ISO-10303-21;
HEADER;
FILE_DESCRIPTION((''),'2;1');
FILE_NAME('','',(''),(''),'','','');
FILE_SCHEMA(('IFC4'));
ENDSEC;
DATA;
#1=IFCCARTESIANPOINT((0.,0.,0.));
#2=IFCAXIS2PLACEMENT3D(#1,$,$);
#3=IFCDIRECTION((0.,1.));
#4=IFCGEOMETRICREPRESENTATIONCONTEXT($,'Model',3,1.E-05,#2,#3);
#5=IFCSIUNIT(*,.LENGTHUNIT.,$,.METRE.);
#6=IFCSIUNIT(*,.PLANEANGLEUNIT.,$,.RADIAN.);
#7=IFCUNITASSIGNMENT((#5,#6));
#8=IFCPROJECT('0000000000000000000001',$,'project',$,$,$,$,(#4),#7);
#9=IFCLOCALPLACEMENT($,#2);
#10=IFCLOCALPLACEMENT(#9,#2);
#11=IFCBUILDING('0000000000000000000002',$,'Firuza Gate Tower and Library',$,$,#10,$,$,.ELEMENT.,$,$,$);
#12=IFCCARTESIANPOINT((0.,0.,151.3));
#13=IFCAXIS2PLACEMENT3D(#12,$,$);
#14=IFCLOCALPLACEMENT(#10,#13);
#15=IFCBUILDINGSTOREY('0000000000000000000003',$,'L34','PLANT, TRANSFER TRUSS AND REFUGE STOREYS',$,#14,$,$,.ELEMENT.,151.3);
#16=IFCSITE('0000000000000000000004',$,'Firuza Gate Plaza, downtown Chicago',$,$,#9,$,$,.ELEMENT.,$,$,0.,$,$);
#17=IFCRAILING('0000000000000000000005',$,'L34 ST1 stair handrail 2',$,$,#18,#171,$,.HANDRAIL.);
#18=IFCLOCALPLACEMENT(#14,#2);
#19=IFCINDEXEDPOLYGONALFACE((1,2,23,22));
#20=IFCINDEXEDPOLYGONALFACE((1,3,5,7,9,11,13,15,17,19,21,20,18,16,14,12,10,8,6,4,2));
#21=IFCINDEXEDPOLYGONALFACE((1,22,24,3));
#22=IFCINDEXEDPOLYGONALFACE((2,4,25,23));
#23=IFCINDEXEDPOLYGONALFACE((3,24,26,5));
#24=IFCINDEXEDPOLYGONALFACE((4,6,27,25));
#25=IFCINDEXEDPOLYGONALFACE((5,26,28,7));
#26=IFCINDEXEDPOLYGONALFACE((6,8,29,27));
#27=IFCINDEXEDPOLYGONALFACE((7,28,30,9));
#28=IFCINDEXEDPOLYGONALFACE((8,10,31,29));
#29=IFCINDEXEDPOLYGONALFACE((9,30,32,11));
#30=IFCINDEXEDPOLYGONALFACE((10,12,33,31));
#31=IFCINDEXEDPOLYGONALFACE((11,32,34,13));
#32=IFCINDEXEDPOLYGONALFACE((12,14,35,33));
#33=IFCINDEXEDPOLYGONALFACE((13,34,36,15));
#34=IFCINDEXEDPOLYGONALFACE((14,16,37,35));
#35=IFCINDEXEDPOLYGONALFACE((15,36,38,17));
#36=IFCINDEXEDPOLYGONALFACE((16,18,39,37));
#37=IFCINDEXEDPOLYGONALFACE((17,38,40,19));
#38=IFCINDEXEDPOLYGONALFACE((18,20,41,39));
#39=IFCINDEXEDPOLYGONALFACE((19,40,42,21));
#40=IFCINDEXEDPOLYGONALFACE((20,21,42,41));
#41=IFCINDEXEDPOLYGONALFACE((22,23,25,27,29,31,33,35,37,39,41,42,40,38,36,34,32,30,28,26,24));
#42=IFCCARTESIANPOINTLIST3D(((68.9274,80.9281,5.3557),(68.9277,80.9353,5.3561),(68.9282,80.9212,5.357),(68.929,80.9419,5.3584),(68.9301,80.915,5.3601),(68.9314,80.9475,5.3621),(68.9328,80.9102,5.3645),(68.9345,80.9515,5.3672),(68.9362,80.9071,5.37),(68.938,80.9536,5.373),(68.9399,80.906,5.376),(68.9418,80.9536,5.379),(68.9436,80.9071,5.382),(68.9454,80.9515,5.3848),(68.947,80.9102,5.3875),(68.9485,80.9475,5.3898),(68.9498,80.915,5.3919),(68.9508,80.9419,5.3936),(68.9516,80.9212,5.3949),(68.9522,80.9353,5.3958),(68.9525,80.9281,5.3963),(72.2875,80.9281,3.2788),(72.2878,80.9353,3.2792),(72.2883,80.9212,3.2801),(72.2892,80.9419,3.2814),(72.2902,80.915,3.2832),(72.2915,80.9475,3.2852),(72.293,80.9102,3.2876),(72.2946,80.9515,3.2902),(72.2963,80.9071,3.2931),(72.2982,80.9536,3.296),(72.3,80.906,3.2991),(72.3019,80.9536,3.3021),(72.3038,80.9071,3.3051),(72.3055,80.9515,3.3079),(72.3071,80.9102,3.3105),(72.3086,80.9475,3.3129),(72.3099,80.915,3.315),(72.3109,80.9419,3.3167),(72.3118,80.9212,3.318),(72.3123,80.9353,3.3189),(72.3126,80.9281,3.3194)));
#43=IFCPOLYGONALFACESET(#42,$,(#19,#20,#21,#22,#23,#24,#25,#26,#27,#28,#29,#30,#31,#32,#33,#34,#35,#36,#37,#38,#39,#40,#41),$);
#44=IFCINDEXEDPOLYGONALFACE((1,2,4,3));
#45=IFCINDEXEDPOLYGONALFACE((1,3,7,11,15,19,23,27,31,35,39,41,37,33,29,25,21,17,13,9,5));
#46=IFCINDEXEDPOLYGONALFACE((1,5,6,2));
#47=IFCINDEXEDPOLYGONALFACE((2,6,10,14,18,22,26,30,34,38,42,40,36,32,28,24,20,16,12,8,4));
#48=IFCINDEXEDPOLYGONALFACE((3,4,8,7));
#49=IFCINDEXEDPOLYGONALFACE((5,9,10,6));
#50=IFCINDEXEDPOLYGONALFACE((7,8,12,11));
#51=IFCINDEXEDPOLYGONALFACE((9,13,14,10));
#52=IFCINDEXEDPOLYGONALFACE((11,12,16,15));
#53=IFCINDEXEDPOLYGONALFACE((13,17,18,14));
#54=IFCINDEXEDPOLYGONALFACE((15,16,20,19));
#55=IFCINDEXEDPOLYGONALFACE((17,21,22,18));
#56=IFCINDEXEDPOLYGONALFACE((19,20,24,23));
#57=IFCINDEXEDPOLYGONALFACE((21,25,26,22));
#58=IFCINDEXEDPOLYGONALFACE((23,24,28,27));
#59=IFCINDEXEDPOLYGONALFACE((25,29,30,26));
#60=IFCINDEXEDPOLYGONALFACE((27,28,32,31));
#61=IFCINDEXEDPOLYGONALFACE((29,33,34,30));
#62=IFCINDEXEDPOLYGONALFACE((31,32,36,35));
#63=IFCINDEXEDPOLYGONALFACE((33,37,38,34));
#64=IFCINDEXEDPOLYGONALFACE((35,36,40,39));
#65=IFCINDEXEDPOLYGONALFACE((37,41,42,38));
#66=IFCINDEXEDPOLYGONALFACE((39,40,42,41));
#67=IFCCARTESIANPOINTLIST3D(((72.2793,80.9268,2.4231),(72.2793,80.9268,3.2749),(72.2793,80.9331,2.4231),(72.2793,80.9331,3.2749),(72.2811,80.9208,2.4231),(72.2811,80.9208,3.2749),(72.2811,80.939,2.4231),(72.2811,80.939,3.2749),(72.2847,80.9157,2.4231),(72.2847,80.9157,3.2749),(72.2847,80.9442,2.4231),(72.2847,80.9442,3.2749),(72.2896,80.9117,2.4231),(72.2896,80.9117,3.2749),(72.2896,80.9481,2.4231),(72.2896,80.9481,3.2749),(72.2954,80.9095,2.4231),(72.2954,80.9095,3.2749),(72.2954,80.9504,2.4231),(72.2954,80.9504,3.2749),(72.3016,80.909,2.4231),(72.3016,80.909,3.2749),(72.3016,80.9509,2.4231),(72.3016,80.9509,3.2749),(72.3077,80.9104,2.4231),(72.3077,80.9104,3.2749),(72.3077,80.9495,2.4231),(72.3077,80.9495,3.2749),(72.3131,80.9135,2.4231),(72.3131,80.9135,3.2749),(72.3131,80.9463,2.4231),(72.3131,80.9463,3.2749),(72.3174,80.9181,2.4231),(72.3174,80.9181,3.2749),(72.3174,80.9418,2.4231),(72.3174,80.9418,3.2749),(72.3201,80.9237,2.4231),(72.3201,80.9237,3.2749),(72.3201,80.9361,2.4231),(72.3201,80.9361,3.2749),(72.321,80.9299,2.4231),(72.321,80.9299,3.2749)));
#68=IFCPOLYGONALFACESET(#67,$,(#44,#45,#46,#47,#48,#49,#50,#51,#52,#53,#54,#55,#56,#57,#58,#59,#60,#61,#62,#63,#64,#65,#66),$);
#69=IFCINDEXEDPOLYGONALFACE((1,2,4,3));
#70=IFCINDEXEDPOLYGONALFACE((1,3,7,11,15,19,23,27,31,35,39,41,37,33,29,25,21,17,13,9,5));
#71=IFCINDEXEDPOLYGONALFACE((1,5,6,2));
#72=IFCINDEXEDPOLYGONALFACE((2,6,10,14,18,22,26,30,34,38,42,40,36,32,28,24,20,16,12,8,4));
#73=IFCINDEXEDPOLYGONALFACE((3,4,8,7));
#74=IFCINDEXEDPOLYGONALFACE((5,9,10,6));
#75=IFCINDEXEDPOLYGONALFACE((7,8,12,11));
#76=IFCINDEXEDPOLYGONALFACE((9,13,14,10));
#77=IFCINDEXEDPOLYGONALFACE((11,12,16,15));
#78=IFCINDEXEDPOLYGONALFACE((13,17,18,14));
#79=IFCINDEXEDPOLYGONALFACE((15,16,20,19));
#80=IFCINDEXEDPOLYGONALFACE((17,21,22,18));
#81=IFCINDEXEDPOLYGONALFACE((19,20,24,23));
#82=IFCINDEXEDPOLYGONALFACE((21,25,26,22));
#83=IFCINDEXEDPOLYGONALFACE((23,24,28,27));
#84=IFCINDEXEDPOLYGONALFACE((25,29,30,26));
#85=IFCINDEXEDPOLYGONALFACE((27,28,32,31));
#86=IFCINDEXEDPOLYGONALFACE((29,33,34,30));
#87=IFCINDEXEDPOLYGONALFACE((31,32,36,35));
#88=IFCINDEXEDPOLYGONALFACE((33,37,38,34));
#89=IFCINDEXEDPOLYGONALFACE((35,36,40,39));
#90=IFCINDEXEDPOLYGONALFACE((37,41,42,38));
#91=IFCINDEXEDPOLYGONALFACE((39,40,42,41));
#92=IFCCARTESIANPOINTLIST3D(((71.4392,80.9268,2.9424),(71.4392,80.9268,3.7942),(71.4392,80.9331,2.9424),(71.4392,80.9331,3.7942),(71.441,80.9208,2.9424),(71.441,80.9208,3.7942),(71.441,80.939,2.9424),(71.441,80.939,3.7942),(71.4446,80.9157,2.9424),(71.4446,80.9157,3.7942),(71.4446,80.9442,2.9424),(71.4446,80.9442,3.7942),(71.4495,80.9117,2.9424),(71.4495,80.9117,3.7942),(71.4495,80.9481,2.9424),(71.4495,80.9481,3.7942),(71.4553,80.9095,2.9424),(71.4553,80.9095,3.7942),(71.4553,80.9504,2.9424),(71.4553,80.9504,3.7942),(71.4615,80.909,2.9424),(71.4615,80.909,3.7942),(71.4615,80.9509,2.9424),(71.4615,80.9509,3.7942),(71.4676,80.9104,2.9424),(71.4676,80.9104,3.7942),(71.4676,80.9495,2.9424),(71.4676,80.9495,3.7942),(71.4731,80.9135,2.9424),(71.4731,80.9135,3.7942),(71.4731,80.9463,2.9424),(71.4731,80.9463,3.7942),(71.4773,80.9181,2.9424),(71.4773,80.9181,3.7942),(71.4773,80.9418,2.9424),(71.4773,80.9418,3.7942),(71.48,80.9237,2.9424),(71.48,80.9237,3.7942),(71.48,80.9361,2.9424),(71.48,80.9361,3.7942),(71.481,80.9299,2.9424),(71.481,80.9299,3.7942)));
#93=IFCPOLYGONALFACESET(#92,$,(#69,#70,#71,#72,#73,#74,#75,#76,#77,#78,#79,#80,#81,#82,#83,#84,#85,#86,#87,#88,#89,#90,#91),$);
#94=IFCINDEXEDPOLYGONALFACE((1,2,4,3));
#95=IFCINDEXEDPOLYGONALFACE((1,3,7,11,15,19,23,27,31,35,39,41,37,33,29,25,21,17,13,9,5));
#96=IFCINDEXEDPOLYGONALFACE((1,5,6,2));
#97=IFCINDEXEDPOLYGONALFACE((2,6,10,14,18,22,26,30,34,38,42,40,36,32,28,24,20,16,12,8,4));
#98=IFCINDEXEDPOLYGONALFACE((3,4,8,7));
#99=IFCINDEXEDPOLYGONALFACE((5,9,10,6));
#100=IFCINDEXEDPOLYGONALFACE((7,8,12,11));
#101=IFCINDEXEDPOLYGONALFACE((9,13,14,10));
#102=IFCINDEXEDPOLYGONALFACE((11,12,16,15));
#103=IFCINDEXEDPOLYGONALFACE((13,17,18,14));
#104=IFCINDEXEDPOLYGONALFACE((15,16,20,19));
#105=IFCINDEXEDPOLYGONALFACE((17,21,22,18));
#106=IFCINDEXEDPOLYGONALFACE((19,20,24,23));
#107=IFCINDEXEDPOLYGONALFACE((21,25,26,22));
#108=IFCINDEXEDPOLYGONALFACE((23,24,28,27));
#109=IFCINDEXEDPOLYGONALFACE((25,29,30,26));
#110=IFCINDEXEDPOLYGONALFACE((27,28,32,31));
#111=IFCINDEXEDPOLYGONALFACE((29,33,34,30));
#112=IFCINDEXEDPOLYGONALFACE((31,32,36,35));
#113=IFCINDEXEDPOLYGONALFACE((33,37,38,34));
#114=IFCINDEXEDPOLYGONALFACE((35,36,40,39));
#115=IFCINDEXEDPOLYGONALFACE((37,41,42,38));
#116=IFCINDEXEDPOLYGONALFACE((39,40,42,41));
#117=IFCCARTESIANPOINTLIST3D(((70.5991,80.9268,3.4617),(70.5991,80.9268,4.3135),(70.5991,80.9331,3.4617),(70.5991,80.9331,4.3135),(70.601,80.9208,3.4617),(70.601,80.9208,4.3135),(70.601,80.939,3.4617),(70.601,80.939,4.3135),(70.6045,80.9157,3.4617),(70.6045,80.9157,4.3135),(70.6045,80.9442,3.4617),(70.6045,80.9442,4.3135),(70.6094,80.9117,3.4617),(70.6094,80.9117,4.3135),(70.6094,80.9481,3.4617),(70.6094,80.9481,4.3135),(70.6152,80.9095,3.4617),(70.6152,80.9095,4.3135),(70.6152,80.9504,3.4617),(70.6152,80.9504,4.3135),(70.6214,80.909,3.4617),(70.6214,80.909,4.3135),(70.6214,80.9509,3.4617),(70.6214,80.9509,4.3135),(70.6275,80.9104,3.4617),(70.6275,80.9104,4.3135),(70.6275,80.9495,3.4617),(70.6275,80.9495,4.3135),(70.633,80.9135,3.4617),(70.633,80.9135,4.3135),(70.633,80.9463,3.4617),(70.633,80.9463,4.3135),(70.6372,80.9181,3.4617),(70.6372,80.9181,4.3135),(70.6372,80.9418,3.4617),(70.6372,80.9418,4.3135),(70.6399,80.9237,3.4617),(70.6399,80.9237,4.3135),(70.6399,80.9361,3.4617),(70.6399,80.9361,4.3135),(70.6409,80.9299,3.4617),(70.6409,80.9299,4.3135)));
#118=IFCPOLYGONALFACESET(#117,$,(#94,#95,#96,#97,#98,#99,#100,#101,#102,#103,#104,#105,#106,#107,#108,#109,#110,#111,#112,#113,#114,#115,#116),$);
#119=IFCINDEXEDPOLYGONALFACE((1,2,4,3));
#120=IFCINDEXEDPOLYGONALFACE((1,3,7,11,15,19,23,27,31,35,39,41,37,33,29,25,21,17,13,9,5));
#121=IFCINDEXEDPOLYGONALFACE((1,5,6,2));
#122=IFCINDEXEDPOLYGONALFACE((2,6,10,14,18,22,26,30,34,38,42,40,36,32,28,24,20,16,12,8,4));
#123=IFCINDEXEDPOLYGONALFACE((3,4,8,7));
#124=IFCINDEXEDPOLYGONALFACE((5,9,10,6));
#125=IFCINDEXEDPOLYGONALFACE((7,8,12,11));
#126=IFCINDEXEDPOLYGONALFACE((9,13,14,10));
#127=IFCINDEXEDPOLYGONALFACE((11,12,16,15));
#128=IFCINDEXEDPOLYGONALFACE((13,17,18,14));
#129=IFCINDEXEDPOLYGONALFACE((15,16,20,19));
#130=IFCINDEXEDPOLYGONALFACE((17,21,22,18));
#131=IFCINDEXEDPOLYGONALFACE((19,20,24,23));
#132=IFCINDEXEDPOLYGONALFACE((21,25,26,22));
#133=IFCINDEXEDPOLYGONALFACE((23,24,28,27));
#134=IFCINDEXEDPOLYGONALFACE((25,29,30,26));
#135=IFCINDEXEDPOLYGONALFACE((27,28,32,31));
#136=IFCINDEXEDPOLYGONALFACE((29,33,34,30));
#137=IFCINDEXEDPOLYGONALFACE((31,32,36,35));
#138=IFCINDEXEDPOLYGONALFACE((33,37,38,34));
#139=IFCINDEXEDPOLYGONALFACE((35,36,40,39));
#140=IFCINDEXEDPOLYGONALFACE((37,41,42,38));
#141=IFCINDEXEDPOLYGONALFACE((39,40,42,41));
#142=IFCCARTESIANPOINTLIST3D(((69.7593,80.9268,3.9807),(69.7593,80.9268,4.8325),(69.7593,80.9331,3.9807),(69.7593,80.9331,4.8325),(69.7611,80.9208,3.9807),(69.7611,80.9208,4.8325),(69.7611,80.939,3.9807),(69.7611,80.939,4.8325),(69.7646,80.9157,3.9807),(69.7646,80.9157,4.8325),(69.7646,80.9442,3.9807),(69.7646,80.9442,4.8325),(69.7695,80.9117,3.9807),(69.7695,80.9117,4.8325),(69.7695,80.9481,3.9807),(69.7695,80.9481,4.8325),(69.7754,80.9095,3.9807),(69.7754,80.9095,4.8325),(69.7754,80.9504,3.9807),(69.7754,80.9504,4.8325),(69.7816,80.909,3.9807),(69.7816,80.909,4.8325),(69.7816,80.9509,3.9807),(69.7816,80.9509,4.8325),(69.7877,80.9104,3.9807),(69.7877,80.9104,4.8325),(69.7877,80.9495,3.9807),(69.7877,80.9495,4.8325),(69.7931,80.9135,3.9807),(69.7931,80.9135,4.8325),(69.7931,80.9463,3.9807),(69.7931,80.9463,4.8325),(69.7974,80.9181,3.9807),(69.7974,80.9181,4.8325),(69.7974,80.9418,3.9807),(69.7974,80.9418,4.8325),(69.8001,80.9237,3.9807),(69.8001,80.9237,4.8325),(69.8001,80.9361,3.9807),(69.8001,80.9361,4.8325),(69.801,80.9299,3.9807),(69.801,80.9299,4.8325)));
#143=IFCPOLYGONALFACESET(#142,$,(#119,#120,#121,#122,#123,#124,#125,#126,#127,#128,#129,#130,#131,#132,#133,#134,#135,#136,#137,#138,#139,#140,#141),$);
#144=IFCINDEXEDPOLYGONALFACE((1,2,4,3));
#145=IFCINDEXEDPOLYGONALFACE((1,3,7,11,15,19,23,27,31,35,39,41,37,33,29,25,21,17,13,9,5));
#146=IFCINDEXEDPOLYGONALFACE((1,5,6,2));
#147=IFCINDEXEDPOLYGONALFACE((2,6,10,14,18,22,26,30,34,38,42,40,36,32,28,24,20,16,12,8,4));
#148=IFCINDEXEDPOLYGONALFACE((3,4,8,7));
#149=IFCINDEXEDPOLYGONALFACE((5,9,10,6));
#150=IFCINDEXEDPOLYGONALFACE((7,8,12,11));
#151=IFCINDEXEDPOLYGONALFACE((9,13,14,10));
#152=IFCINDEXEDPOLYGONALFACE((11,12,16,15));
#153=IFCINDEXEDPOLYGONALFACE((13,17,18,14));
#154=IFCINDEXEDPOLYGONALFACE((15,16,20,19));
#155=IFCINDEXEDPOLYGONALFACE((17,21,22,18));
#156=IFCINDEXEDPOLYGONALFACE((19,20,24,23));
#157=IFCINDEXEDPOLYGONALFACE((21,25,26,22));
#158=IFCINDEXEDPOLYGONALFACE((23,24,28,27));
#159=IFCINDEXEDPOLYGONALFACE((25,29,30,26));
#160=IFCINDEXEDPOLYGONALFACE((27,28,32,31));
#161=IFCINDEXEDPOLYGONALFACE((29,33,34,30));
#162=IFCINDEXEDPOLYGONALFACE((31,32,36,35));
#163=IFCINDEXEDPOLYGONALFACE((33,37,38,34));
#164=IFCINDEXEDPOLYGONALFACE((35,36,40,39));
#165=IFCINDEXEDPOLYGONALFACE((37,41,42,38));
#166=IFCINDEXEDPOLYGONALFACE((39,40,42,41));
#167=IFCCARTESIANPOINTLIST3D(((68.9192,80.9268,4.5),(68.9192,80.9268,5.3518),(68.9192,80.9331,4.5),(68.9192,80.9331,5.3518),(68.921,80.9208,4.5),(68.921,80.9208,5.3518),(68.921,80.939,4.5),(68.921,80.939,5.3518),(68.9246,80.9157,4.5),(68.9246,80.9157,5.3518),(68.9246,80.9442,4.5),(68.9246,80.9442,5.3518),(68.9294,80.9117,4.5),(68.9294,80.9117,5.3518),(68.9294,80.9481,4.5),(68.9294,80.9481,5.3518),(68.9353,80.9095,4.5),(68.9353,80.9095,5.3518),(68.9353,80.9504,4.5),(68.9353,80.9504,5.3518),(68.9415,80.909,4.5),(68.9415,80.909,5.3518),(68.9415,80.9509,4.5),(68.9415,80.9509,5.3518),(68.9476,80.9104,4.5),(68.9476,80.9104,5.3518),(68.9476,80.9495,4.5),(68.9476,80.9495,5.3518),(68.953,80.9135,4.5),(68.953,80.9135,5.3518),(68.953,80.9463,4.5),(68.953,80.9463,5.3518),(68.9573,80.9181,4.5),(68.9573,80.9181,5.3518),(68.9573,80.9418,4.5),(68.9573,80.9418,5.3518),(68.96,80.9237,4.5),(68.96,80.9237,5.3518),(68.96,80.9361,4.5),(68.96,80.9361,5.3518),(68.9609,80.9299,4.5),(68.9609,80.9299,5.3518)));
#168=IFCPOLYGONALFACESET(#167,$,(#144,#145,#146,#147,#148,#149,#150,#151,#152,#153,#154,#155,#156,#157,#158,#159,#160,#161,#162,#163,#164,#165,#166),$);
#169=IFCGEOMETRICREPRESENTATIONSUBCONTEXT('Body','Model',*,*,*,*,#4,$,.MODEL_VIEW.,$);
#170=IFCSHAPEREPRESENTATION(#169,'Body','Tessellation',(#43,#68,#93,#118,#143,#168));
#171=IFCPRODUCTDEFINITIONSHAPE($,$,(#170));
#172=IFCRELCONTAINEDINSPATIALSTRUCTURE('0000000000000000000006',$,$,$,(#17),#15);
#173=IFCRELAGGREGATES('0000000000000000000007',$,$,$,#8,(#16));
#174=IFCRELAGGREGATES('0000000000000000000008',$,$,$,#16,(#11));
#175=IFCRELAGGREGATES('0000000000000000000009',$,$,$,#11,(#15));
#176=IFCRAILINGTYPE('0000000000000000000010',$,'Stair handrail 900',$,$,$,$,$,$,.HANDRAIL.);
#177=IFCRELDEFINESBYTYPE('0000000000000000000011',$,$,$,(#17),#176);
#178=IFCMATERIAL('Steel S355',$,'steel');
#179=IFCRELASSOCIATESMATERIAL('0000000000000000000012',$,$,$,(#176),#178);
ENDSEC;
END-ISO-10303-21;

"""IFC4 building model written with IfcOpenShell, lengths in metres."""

from ifc_helpers import new_model, si_unit, direction, frame, origin, origin_2d, place, context, subcontext, project, spatial, circle, extrude, material, type_object, element, save


model = new_model("IFC4")

# Units and contexts
model_context = context("Model", 3, precision=1e-05, world=origin(), true_north=direction((0.0, 1.0)))
body_context = subcontext(model_context, "Body", "Model", "MODEL_VIEW")
ifc_project = project(units=[si_unit("LENGTHUNIT", "METRE"), si_unit("PLANEANGLEUNIT", "RADIAN")], contexts=[model_context])

# Site, building, storey
site_placement = place(None, origin())
site = spatial("IfcSite", under=ifc_project, at=site_placement, Name="Firuza Gate Plaza, downtown Chicago", CompositionType="ELEMENT", RefElevation=0.0)
building_placement = place(site_placement, origin())
building = spatial("IfcBuilding", under=site, at=building_placement, Name="Firuza Gate Tower and Library", CompositionType="ELEMENT")
storey_placement = place(building_placement, frame((0.0, 0.0, 151.3)))
storey = spatial("IfcBuildingStorey", under=building, at=storey_placement, Name="L34", Description="PLANT, TRANSFER TRUSS AND REFUGE STOREYS", CompositionType="ELEMENT", Elevation=151.3)

# Railing
ifc_material_1 = material(Name="Steel S355", Category="steel")
railing_type_1 = type_object("IfcRailingType", Name="Stair handrail 900", PredefinedType="HANDRAIL", material=ifc_material_1)
railing_1_placement = place(storey_placement, frame((72.3, 80.9299, 2.4231)))
element("IfcRailing", 1, at=railing_1_placement, inside=storey, type_object=railing_type_1, Name="L34 ST1 stair handrail 2", PredefinedType="HANDRAIL", context=body_context, shape_type="SweptSolid", body=[
    extrude(circle(Radius=0.0239, at=origin_2d()), frame((0.0, 0.0, 0.876), z_axis=(-0.850623, 0.0, 0.525776), x_axis=(0.0, -1.0, 0.0)), (0.0, 0.0, 1.0), 3.9502),
    extrude(circle(Radius=0.021, at=origin_2d()), origin(), (0.0, 0.0, 1.0), 0.8518),
    extrude(circle(Radius=0.021, at=origin_2d()), frame((-0.8401, 0.0, 0.5193)), (0.0, 0.0, 1.0), 0.8518),
    extrude(circle(Radius=0.021, at=origin_2d()), frame((-1.6802, 0.0, 1.0386)), (0.0, 0.0, 1.0), 0.8518),
    extrude(circle(Radius=0.021, at=origin_2d()), frame((-2.52, 0.0, 1.5576)), (0.0, 0.0, 1.0), 0.8518),
    extrude(circle(Radius=0.021, at=origin_2d()), frame((-3.3601, 0.0, 2.0769)), (0.0, 0.0, 1.0), 0.8518),
])

save(model, "model.ifc")
